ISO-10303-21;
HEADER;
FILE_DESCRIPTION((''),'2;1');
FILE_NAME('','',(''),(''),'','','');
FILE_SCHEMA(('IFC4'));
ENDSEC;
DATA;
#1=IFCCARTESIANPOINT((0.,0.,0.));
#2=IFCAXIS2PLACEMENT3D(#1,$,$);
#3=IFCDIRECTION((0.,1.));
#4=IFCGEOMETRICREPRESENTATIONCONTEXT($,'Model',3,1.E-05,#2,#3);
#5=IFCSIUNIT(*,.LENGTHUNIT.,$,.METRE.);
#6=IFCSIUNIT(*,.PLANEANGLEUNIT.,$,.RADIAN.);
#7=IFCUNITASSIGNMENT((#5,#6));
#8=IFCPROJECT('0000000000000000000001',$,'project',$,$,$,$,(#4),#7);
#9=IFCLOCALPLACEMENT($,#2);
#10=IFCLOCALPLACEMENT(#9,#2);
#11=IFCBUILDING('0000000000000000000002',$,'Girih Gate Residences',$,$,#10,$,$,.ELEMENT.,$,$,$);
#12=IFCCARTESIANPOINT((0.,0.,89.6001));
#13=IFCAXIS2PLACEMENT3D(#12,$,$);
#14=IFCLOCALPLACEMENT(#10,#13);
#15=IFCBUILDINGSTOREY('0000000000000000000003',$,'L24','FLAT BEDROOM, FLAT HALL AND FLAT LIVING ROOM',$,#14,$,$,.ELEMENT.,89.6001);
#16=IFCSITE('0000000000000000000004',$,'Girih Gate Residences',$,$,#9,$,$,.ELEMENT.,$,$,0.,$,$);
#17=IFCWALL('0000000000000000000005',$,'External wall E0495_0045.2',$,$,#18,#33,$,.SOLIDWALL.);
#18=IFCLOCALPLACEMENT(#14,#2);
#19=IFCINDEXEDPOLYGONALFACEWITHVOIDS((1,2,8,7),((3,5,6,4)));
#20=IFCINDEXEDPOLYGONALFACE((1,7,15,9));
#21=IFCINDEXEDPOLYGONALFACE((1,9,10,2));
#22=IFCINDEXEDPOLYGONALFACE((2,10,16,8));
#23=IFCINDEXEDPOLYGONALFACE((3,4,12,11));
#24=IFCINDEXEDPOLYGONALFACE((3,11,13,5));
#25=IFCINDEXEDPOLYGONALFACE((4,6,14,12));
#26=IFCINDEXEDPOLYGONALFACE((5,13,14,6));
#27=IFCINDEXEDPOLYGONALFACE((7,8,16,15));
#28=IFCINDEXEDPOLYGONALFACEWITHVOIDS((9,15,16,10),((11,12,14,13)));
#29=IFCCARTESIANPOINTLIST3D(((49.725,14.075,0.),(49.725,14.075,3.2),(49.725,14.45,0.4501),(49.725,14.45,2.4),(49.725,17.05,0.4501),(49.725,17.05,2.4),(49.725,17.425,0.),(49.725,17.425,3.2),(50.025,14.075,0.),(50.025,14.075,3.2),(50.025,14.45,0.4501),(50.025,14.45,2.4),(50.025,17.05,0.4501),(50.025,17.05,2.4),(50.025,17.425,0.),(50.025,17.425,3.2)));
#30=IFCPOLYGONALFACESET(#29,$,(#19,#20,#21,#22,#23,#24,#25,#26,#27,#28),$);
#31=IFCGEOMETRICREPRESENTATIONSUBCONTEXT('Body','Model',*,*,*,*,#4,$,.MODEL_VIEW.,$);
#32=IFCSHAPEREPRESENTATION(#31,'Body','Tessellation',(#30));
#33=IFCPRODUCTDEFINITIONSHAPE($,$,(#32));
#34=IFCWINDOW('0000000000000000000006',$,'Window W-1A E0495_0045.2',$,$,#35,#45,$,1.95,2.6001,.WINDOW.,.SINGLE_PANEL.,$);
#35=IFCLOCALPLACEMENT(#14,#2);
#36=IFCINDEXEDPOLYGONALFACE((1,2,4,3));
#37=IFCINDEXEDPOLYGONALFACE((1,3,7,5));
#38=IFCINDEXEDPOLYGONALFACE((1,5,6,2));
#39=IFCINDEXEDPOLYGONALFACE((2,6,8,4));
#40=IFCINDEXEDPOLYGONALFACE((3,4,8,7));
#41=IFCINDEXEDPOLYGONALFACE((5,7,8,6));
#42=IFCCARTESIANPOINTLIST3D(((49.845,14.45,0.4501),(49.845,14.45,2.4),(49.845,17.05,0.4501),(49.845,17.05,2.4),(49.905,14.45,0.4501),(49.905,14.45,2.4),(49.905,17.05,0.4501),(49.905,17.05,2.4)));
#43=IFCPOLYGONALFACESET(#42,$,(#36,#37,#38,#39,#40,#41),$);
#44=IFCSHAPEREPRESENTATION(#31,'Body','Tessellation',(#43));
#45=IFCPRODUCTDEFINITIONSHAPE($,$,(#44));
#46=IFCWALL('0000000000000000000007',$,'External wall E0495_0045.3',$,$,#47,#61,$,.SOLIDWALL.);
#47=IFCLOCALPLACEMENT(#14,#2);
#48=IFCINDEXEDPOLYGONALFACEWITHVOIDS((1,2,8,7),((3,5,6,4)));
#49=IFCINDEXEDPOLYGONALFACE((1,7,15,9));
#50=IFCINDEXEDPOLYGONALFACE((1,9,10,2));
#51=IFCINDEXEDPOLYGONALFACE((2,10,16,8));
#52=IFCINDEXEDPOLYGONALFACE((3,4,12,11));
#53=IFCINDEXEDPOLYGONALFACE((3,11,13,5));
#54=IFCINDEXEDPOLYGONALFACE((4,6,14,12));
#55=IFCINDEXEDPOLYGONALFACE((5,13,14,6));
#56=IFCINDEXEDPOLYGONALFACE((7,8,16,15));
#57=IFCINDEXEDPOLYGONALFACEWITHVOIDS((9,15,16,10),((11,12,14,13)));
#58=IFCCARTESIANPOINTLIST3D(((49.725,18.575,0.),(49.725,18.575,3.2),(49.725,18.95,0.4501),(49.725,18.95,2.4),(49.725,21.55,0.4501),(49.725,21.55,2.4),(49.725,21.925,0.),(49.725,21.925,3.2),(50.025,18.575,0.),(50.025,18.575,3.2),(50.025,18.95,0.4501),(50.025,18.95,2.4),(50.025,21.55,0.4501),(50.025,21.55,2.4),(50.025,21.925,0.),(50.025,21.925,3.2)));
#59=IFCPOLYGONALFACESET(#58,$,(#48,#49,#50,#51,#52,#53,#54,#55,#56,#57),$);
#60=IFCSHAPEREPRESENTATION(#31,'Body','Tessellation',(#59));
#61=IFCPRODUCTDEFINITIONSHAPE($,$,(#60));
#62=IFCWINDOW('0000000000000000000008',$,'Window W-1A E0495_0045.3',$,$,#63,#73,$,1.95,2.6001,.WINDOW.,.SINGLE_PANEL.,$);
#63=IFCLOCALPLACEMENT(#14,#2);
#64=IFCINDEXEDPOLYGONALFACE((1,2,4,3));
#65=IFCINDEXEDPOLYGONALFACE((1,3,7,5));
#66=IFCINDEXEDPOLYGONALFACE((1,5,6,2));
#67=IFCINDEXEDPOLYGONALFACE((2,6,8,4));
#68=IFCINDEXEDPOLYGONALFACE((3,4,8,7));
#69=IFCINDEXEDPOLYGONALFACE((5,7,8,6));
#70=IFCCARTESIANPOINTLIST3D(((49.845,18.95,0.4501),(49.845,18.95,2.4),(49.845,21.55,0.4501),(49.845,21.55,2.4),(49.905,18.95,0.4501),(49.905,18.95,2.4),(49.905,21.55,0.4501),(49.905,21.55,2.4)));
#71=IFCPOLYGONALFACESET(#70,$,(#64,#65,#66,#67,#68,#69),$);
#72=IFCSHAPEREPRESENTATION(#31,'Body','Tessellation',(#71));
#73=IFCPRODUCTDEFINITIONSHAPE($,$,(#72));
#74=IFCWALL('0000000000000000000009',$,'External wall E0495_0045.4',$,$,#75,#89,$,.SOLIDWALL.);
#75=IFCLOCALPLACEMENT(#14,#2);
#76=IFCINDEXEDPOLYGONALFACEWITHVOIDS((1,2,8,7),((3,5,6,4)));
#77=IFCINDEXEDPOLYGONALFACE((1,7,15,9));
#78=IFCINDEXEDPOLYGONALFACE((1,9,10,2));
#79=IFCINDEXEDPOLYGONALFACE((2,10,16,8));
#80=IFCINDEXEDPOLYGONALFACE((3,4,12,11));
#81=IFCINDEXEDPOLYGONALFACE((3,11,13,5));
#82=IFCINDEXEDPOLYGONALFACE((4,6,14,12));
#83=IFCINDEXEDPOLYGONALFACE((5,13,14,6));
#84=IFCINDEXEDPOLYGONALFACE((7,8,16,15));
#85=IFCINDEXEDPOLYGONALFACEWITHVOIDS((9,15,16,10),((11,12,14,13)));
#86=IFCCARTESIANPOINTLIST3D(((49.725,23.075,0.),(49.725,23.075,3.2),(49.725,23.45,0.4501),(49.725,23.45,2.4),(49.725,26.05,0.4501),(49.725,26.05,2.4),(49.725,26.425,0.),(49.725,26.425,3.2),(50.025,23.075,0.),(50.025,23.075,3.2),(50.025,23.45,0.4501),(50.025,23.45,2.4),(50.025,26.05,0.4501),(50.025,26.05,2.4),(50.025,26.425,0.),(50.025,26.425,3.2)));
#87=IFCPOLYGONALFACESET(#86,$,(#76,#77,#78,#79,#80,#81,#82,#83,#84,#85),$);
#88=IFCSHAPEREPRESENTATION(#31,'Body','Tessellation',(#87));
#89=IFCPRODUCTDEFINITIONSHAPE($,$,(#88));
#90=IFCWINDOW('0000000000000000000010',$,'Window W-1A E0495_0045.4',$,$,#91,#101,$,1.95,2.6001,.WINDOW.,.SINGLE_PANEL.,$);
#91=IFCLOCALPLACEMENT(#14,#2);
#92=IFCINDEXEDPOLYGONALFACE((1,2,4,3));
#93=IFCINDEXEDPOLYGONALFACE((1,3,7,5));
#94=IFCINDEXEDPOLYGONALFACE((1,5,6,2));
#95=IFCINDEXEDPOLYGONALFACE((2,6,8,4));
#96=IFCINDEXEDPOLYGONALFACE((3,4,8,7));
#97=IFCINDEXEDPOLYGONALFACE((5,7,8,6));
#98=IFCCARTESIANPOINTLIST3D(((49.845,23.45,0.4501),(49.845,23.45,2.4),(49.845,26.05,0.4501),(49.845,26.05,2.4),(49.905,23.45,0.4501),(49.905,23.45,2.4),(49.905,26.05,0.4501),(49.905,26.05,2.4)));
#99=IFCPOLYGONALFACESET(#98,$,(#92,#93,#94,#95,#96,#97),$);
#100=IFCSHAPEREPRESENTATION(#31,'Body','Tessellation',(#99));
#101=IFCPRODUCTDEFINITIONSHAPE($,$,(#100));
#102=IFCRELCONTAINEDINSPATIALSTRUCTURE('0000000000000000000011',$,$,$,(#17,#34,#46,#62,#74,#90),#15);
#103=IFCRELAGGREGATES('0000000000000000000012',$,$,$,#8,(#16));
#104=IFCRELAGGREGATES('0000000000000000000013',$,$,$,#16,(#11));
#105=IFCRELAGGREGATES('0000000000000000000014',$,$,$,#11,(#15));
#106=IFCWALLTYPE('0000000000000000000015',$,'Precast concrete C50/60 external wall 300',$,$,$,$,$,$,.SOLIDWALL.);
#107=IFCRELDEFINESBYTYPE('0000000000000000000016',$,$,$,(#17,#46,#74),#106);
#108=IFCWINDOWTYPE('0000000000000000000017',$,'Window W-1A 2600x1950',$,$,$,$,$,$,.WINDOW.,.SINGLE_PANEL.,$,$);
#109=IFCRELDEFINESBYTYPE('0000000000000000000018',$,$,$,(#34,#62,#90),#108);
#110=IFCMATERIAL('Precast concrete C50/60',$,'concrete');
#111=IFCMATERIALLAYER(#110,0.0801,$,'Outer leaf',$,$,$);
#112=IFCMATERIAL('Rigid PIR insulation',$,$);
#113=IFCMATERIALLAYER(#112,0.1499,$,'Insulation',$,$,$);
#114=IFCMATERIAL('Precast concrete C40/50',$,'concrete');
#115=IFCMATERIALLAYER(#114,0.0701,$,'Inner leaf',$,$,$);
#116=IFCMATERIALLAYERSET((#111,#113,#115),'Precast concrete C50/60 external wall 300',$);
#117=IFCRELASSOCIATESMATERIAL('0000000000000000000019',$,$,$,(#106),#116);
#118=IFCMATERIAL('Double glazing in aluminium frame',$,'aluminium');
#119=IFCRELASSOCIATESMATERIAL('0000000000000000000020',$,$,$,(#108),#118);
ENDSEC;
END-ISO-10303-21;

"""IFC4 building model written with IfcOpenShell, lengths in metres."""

from ifc_helpers import new_model, si_unit, direction, frame, frame_2d, origin, place, context, subcontext, project, spatial, rectangle, extrude, material, layer, layer_set, type_object, element, fill, save


model = new_model("IFC4")

# Units and contexts
model_context = context("Model", 3, precision=1e-05, world=origin(), true_north=direction((0.0, 1.0)))
body_context = subcontext(model_context, "Body", "Model", "MODEL_VIEW")
ifc_project = project(units=[si_unit("LENGTHUNIT", "METRE"), si_unit("PLANEANGLEUNIT", "RADIAN")], contexts=[model_context])

# Site, building, storey
site_placement = place(None, origin())
site = spatial("IfcSite", under=ifc_project, at=site_placement, Name="Girih Gate Residences", CompositionType="ELEMENT", RefElevation=0.0)
building_placement = place(site_placement, origin())
building = spatial("IfcBuilding", under=site, at=building_placement, Name="Girih Gate Residences", CompositionType="ELEMENT")
storey_placement = place(building_placement, frame((0.0, 0.0, 89.6001)))
storey = spatial("IfcBuildingStorey", under=building, at=storey_placement, Name="L24", Description="FLAT BEDROOM, FLAT HALL AND FLAT LIVING ROOM", CompositionType="ELEMENT", Elevation=89.6001)

# Walls, openings, windows
ifc_material_1 = material(Name="Precast concrete C50/60", Category="concrete")
ifc_layer_1 = layer(ifc_material_1, 0.0801, Name="Outer leaf")
ifc_material_2 = material(Name="Rigid PIR insulation")
ifc_layer_2 = layer(ifc_material_2, 0.1499, Name="Insulation")
ifc_material_3 = material(Name="Precast concrete C40/50", Category="concrete")
ifc_layer_3 = layer(ifc_material_3, 0.0701, Name="Inner leaf")
ifc_layer_set_1 = layer_set([ifc_layer_1, ifc_layer_2, ifc_layer_3], Name="Precast concrete C50/60 external wall 300")
wall_type_1 = type_object("IfcWallType", Name="Precast concrete C50/60 external wall 300", PredefinedType="SOLIDWALL", material=ifc_layer_set_1)
wall_1_placement = place(storey_placement, frame((49.875, 17.425, 0.0), z_axis=(0.0, 0.0, 1.0), x_axis=(0.0, -1.0, 0.0)))
wall_1 = element("IfcWall", 1, at=wall_1_placement, inside=storey, type_object=wall_type_1, Name="External wall E0495_0045.2", PredefinedType="SOLIDWALL", context=body_context, shape_type="SweptSolid", body=[
    extrude(rectangle(XDim=3.3501, YDim=0.3, at=frame_2d((1.675, 0.0))), origin(), (0.0, 0.0, 1.0), 3.2),
])
opening_1_placement = place(wall_1_placement, frame((0.375, 0.0, 0.45)))
opening_1 = element("IfcOpeningElement", 2, at=opening_1_placement, cuts=wall_1, PredefinedType="OPENING", context=body_context, shape_type="SweptSolid", body=[
    extrude(rectangle(XDim=2.6001, YDim=1.95, at=frame_2d((1.3, 0.9751))), frame((0.0, 0.1599, 0.0), z_axis=(0.0, -1.0, 0.0), x_axis=(1.0, 0.0, 0.0)), (0.0, 0.0, 1.0), 0.3201),
])
ifc_material_4 = material(Name="Double glazing in aluminium frame", Category="aluminium")
window_type = type_object("IfcWindowType", Name="Window W-1A 2600x1950", PartitioningType="SINGLE_PANEL", PredefinedType="WINDOW", material=ifc_material_4)
window_1_placement = place(opening_1_placement, origin())
window_1 = element("IfcWindow", 3, at=window_1_placement, inside=storey, type_object=window_type, Name="Window W-1A E0495_0045.2", OverallHeight=1.95, OverallWidth=2.6001, PartitioningType="SINGLE_PANEL", PredefinedType="WINDOW", context=body_context, shape_type="SweptSolid", body=[
    extrude(rectangle(XDim=2.6001, YDim=1.95, at=frame_2d((1.3, 0.9751))), frame((0.0, 0.03, 0.0), z_axis=(0.0, -1.0, 0.0), x_axis=(1.0, 0.0, 0.0)), (0.0, 0.0, 1.0), 0.0601),
])
fill(opening_1, window_1)
wall_2_placement = place(storey_placement, frame((49.875, 21.925, 0.0), z_axis=(0.0, 0.0, 1.0), x_axis=(0.0, -1.0, 0.0)))
wall_2 = element("IfcWall", 4, at=wall_2_placement, inside=storey, type_object=wall_type_1, Name="External wall E0495_0045.3", PredefinedType="SOLIDWALL", context=body_context, shape_type="SweptSolid", body=[
    extrude(rectangle(XDim=3.3501, YDim=0.3, at=frame_2d((1.675, 0.0))), origin(), (0.0, 0.0, 1.0), 3.2),
])
opening_2_placement = place(wall_2_placement, frame((0.375, 0.0, 0.45)))
opening_2 = element("IfcOpeningElement", 5, at=opening_2_placement, cuts=wall_2, PredefinedType="OPENING", context=body_context, shape_type="SweptSolid", body=[
    extrude(rectangle(XDim=2.6001, YDim=1.95, at=frame_2d((1.3, 0.9751))), frame((0.0, 0.1599, 0.0), z_axis=(0.0, -1.0, 0.0), x_axis=(1.0, 0.0, 0.0)), (0.0, 0.0, 1.0), 0.3201),
])
window_2_placement = place(opening_2_placement, origin())
window_2 = element("IfcWindow", 6, at=window_2_placement, inside=storey, type_object=window_type, Name="Window W-1A E0495_0045.3", OverallHeight=1.95, OverallWidth=2.6001, PartitioningType="SINGLE_PANEL", PredefinedType="WINDOW", context=body_context, shape_type="SweptSolid", body=[
    extrude(rectangle(XDim=2.6001, YDim=1.95, at=frame_2d((1.3, 0.9751))), frame((0.0, 0.03, 0.0), z_axis=(0.0, -1.0, 0.0), x_axis=(1.0, 0.0, 0.0)), (0.0, 0.0, 1.0), 0.0601),
])
fill(opening_2, window_2)
wall_3_placement = place(storey_placement, frame((49.875, 26.425, 0.0), z_axis=(0.0, 0.0, 1.0), x_axis=(0.0, -1.0, 0.0)))
wall_3 = element("IfcWall", 7, at=wall_3_placement, inside=storey, type_object=wall_type_1, Name="External wall E0495_0045.4", PredefinedType="SOLIDWALL", context=body_context, shape_type="SweptSolid", body=[
    extrude(rectangle(XDim=3.3501, YDim=0.3, at=frame_2d((1.675, 0.0))), origin(), (0.0, 0.0, 1.0), 3.2),
])
opening_3_placement = place(wall_3_placement, frame((0.375, 0.0, 0.45)))
opening_3 = element("IfcOpeningElement", 8, at=opening_3_placement, cuts=wall_3, PredefinedType="OPENING", context=body_context, shape_type="SweptSolid", body=[
    extrude(rectangle(XDim=2.6001, YDim=1.95, at=frame_2d((1.3, 0.9751))), frame((0.0, 0.1599, 0.0), z_axis=(0.0, -1.0, 0.0), x_axis=(1.0, 0.0, 0.0)), (0.0, 0.0, 1.0), 0.3201),
])
window_3_placement = place(opening_3_placement, origin())
window_3 = element("IfcWindow", 9, at=window_3_placement, inside=storey, type_object=window_type, Name="Window W-1A E0495_0045.4", OverallHeight=1.95, OverallWidth=2.6001, PartitioningType="SINGLE_PANEL", PredefinedType="WINDOW", context=body_context, shape_type="SweptSolid", body=[
    extrude(rectangle(XDim=2.6001, YDim=1.95, at=frame_2d((1.3, 0.9751))), frame((0.0, 0.03, 0.0), z_axis=(0.0, -1.0, 0.0), x_axis=(1.0, 0.0, 0.0)), (0.0, 0.0, 1.0), 0.0601),
])
fill(opening_3, window_3)

save(model, "model.ifc")
